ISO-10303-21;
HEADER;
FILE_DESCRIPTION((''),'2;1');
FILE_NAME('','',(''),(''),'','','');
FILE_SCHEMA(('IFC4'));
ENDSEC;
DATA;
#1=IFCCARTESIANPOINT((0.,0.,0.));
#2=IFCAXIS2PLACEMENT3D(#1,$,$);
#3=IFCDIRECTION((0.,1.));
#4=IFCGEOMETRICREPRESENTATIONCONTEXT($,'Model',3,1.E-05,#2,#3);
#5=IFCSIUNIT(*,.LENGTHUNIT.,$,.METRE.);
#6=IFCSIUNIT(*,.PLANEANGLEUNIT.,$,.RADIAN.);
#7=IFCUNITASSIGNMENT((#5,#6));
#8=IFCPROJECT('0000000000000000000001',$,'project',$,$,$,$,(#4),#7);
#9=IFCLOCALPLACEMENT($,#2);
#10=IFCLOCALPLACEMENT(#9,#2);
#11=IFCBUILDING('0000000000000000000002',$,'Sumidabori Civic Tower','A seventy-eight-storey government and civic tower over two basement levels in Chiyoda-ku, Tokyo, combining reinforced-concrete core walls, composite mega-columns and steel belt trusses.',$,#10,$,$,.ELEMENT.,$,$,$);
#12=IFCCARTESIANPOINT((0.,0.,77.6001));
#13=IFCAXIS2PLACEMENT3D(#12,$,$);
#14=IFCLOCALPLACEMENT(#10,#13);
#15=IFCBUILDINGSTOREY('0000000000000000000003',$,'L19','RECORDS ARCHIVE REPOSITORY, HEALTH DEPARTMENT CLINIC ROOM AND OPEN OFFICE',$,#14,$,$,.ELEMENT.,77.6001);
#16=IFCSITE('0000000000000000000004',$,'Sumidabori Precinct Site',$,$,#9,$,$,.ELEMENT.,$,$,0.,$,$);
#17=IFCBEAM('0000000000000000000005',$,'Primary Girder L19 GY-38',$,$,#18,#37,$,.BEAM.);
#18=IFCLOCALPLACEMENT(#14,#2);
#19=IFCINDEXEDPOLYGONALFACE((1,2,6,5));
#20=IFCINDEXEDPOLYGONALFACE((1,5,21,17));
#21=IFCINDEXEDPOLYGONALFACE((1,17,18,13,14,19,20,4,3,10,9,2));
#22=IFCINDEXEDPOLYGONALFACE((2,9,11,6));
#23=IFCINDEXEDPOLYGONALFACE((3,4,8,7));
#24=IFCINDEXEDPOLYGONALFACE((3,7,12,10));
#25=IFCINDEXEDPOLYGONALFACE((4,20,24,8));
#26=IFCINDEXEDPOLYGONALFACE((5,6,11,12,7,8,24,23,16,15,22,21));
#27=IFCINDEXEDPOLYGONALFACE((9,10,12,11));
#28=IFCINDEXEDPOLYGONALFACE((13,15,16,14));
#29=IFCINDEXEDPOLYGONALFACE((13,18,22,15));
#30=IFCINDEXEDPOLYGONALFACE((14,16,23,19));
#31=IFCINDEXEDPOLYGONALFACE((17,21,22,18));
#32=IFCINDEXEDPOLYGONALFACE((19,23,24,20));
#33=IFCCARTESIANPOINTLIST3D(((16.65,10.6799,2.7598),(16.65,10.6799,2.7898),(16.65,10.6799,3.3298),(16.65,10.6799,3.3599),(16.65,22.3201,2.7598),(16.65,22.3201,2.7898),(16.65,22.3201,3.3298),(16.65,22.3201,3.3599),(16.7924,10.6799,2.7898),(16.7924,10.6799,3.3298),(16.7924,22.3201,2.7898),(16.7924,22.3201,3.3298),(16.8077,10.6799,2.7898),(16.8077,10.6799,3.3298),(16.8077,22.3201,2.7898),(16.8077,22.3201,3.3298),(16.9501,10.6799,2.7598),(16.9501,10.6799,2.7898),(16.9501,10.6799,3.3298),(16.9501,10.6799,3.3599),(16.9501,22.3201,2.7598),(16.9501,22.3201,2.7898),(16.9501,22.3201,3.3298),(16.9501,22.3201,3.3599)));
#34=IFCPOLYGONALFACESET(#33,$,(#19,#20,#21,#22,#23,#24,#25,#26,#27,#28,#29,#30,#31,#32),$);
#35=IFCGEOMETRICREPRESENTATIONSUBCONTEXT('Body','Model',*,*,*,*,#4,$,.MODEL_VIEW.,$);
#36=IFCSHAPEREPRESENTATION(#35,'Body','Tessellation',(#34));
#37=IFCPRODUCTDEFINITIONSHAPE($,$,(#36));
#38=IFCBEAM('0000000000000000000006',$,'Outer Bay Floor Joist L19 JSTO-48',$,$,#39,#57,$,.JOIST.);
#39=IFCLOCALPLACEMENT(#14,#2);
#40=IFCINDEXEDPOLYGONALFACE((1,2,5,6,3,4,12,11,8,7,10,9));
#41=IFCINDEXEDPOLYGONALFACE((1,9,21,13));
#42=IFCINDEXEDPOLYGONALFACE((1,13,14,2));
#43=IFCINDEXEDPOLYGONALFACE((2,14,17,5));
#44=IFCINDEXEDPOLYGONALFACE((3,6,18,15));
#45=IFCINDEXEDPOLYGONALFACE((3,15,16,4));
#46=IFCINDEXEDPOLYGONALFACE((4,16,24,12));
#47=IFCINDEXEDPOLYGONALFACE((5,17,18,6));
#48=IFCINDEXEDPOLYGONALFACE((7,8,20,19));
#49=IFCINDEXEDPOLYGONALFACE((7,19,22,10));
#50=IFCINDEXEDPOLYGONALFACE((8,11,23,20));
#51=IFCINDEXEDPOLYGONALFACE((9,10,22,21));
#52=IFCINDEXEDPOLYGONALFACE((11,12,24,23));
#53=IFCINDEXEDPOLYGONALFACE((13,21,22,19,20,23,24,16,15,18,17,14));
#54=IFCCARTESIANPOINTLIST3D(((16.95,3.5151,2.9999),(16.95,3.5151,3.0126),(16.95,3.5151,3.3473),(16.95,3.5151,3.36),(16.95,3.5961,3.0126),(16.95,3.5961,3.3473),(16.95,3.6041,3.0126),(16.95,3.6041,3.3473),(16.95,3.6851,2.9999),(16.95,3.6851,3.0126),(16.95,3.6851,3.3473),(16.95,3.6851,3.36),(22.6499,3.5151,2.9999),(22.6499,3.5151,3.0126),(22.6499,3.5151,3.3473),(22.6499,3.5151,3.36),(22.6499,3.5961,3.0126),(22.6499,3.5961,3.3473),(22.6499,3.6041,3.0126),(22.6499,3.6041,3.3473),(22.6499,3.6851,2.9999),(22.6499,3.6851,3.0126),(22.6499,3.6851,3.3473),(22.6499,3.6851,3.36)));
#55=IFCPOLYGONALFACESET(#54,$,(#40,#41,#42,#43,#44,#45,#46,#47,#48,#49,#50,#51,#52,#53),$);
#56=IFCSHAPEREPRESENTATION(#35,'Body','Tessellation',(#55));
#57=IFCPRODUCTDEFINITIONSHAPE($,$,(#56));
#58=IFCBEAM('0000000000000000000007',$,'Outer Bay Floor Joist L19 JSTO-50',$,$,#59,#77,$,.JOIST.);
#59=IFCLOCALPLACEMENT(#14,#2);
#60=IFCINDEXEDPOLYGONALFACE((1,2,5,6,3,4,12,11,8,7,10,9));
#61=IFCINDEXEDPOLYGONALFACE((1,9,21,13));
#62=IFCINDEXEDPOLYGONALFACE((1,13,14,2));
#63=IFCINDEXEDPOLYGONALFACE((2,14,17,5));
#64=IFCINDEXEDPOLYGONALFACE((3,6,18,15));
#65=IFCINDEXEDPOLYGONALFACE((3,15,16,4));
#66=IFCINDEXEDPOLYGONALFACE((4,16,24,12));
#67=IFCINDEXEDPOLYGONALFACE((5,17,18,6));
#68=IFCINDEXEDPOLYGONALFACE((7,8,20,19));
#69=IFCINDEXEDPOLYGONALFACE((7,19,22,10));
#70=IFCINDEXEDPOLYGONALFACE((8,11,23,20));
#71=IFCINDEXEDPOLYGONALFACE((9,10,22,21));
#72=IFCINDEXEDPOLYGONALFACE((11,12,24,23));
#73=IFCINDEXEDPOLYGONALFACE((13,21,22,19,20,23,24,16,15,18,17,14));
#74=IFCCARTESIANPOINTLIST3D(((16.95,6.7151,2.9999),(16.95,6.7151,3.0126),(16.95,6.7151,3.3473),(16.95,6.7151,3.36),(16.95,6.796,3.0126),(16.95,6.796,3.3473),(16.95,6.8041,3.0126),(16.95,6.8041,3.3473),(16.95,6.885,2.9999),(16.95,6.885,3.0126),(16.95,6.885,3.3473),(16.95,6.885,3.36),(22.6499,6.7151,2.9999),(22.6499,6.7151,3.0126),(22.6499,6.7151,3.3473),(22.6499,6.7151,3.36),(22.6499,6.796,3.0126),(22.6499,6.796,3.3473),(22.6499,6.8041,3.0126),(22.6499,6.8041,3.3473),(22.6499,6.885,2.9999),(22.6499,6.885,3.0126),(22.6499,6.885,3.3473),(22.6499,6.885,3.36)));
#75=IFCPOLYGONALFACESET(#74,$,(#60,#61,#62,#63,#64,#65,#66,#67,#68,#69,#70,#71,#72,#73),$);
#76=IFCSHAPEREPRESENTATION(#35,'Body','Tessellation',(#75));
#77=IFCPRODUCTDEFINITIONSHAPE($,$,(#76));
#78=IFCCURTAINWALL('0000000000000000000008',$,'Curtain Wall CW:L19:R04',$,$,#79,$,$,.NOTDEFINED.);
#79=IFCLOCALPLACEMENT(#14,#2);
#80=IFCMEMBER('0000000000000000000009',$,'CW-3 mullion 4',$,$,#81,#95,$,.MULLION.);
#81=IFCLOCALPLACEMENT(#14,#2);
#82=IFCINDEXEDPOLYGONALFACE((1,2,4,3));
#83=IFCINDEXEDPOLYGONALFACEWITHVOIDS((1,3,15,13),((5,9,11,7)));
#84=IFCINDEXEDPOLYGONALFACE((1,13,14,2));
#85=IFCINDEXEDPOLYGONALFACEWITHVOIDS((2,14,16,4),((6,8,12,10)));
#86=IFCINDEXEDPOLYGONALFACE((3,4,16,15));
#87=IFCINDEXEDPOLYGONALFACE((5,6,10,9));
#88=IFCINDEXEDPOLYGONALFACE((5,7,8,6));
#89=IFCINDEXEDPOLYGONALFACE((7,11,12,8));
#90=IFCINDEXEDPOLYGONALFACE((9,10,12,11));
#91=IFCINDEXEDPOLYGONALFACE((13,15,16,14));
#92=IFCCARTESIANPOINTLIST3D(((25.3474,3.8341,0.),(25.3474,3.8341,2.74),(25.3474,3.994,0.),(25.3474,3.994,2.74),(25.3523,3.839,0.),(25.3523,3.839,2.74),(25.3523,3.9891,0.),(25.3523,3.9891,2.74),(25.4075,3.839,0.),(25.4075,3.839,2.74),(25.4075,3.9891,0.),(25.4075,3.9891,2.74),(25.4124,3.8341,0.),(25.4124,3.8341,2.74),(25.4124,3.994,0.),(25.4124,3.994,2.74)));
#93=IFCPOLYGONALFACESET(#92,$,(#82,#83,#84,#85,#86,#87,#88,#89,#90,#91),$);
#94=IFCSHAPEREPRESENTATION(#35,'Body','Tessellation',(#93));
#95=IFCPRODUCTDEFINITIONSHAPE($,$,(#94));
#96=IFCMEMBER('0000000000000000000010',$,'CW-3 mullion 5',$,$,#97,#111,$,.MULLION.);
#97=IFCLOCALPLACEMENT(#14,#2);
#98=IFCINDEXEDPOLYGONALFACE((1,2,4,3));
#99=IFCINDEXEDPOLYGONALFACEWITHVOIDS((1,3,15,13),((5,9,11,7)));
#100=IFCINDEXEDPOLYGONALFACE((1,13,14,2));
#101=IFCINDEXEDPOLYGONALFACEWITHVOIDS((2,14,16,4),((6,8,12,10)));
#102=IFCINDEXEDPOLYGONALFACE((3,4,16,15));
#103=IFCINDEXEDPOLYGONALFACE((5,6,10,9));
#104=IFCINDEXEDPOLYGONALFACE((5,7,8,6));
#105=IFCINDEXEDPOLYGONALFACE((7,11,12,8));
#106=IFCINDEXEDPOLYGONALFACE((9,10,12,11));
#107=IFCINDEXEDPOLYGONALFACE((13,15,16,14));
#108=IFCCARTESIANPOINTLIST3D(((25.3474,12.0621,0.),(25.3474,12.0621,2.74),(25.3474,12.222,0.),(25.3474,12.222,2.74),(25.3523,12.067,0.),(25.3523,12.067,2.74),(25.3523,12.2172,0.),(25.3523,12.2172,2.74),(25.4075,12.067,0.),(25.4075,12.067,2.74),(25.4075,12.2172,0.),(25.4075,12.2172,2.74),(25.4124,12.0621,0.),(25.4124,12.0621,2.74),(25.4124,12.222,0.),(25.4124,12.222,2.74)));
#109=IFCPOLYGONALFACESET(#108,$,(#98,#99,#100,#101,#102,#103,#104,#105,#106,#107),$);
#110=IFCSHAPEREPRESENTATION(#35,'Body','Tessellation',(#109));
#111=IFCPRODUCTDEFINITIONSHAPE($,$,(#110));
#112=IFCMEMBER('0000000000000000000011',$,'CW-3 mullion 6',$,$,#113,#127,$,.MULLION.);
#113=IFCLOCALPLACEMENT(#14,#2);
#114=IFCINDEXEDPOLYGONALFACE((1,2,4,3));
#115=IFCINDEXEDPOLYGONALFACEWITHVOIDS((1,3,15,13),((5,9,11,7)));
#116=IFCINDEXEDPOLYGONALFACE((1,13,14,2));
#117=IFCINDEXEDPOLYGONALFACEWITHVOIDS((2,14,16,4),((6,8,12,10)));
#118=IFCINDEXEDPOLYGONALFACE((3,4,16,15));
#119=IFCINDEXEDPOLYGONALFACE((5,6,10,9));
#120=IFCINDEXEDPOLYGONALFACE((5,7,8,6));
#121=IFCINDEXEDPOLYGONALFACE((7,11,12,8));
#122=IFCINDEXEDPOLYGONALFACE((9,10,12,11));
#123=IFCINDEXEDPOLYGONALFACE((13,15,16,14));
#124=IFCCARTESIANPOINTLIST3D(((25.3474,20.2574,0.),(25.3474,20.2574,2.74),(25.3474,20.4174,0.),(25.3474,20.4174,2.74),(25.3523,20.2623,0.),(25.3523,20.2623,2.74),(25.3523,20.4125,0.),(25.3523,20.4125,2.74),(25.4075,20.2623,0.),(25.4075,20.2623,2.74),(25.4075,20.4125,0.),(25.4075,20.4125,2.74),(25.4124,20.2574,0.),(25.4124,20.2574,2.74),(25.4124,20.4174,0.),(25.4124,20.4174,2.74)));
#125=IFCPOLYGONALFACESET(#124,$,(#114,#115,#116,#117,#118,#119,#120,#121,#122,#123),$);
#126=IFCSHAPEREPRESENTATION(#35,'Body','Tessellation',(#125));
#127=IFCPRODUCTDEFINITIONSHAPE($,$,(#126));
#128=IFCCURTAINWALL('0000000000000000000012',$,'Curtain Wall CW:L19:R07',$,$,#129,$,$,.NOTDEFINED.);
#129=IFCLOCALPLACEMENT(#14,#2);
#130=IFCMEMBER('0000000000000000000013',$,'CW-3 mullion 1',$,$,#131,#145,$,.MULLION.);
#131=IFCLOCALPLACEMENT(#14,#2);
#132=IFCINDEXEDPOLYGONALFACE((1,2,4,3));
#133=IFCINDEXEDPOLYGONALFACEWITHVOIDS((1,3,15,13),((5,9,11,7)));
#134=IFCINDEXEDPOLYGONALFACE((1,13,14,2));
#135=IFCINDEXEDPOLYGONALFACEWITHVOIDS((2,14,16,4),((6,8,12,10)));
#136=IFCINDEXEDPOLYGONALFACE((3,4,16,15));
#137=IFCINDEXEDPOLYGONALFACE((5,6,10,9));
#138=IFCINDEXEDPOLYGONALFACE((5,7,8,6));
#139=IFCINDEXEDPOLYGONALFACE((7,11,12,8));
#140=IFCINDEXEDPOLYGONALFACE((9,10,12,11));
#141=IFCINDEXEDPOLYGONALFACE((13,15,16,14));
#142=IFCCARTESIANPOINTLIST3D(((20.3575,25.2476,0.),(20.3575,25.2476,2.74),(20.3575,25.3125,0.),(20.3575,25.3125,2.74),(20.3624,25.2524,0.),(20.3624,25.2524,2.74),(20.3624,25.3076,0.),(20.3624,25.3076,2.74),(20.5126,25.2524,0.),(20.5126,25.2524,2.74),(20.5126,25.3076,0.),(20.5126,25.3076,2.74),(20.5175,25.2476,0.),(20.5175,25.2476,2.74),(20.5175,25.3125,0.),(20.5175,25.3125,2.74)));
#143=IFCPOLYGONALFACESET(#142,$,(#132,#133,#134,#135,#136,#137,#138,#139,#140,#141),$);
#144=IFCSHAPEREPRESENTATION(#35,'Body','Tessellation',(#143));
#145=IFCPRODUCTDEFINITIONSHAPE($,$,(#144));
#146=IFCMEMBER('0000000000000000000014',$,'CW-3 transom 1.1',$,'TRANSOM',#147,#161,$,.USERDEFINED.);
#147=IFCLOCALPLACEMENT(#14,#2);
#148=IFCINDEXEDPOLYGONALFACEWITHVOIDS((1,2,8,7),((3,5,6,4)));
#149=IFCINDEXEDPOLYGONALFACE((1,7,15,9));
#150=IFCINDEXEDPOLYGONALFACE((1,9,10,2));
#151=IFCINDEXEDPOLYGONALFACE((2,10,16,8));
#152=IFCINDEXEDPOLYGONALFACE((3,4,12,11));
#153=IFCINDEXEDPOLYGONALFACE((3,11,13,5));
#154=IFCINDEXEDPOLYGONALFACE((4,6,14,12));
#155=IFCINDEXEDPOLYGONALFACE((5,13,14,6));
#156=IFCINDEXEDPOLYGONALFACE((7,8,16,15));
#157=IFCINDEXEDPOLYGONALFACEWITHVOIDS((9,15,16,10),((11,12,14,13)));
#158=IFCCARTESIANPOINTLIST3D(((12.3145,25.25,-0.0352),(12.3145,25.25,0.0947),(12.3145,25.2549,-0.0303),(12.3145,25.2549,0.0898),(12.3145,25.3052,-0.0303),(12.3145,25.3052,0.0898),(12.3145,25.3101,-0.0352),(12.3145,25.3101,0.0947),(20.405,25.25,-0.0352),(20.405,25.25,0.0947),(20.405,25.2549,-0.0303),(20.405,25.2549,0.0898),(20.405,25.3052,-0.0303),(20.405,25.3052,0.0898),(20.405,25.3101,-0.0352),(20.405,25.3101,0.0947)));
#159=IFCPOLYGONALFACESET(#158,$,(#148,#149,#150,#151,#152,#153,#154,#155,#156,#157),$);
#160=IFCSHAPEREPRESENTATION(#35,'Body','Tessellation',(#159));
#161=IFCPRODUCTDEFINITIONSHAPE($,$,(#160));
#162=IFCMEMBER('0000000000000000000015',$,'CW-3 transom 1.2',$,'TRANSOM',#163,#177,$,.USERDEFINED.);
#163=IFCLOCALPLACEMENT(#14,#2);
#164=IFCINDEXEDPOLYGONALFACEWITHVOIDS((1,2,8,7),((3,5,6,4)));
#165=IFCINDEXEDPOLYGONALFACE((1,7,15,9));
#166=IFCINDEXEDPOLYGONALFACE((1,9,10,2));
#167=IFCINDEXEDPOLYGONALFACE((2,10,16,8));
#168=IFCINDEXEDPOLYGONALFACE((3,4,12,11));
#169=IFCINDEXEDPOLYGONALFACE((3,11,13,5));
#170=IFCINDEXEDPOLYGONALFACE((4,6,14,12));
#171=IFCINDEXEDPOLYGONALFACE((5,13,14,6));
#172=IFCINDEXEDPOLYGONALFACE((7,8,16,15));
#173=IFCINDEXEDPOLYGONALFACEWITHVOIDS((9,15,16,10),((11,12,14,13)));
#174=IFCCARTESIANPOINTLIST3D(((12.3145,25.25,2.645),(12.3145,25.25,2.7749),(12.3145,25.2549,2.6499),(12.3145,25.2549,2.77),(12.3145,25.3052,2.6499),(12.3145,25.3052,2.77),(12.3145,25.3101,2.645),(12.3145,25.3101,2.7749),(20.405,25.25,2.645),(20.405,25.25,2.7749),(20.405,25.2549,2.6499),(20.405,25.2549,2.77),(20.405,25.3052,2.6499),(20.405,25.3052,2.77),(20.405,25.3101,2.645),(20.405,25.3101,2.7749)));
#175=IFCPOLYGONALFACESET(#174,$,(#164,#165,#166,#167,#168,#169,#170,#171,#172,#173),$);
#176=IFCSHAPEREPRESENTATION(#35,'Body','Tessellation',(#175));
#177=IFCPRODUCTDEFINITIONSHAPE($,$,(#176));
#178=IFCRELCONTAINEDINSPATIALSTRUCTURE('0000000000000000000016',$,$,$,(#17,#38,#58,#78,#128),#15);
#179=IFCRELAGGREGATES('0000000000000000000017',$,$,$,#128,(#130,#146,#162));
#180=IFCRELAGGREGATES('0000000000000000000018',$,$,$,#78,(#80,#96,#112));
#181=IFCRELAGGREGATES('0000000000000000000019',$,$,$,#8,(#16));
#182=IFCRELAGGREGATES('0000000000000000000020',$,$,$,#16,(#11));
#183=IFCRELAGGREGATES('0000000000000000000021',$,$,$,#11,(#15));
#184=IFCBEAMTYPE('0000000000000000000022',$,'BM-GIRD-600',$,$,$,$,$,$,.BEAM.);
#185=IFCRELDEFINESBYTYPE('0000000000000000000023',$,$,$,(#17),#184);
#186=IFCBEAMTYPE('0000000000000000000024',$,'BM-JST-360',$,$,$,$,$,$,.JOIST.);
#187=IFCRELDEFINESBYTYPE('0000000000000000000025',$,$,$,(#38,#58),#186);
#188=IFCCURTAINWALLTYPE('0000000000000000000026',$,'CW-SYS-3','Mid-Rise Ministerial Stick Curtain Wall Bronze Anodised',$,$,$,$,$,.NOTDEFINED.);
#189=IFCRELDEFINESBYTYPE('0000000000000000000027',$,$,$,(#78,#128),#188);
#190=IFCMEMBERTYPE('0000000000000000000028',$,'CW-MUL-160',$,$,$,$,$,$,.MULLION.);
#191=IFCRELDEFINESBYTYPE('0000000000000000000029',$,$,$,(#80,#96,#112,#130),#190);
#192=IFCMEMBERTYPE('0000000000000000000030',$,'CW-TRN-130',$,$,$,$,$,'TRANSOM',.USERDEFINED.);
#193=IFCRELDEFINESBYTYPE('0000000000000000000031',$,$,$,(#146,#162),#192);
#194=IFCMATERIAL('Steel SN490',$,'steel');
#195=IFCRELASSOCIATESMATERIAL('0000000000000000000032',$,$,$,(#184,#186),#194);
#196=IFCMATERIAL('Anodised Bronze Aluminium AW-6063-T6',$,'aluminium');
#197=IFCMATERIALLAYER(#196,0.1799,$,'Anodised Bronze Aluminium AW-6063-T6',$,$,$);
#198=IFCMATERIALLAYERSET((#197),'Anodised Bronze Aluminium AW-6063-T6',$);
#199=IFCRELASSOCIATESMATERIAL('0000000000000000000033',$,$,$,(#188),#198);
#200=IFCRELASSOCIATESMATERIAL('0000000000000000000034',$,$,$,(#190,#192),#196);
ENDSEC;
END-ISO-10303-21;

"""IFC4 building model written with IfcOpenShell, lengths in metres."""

from ifc_helpers import new_model, si_unit, direction, frame, origin, origin_2d, place, context, subcontext, project, spatial, hollow_rectangle, i_section, extrude, source, transform, mapped, material, layer, layer_set, material_profile, profile_set, type_object, element, aggregate, save


model = new_model("IFC4")

# Units and contexts
model_context = context("Model", 3, precision=1e-05, world=origin(), true_north=direction((0.0, 1.0)))
body_context = subcontext(model_context, "Body", "Model", "MODEL_VIEW")
ifc_project = project(units=[si_unit("LENGTHUNIT", "METRE"), si_unit("PLANEANGLEUNIT", "RADIAN")], contexts=[model_context])

# Site, building, storey
site_placement = place(None, origin())
site = spatial("IfcSite", under=ifc_project, at=site_placement, Name="Sumidabori Precinct Site", CompositionType="ELEMENT", RefElevation=0.0)
building_placement = place(site_placement, origin())
building = spatial("IfcBuilding", under=site, at=building_placement, Name="Sumidabori Civic Tower", Description="A seventy-eight-storey government and civic tower over two basement levels in Chiyoda-ku, Tokyo, combining reinforced-concrete core walls, composite mega-columns and steel belt trusses.", CompositionType="ELEMENT")
storey_placement = place(building_placement, frame((0.0, 0.0, 77.6001)))
storey = spatial("IfcBuildingStorey", under=building, at=storey_placement, Name="L19", Description="RECORDS ARCHIVE REPOSITORY, HEALTH DEPARTMENT CLINIC ROOM AND OPEN OFFICE", CompositionType="ELEMENT", Elevation=77.6001)

# Beams
ifc_material_1 = material(Name="Steel SN490", Category="steel")
ifc_material_profile_1 = material_profile(ifc_material_1, i_section(OverallWidth=0.3, OverallDepth=0.6001, WebThickness=0.0154, FlangeThickness=0.03, at=origin_2d()), Name="HE 600 B")
ifc_profile_set_1 = profile_set([ifc_material_profile_1], Name="Steel SN490")
beam_type_1 = type_object("IfcBeamType", Name="BM-GIRD-600", PredefinedType="BEAM", material=ifc_profile_set_1)
shared_shape_1 = source(origin(), body_context, "Body", "SweptSolid", [
    extrude(i_section(OverallWidth=0.3, OverallDepth=0.6001, WebThickness=0.0154, FlangeThickness=0.03, at=origin_2d()), origin(), (0.0, 0.0, 1.0), 11.6401),
])
beam_1_placement = place(storey_placement, frame((16.8, 10.6799, 3.0598), z_axis=(0.0, 1.0, 0.0), x_axis=(-1.0, 0.0, 0.0)))
element("IfcBeam", 1, at=beam_1_placement, inside=storey, type_object=beam_type_1, Name="Primary Girder L19 GY-38", PredefinedType="BEAM", context=body_context, shape_type="MappedRepresentation", body=[
    mapped(shared_shape_1, transform((0.0, 0.0, 0.0), x_axis=(1.0, 0.0, 0.0), y_axis=(0.0, 1.0, 0.0), z_axis=(0.0, 0.0, 1.0), scale=1.0)),
])
ifc_material_profile_2 = material_profile(ifc_material_1, i_section(OverallWidth=0.1699, OverallDepth=0.3601, WebThickness=0.0081, FlangeThickness=0.0127, at=origin_2d()), Name="IPE 360")
ifc_profile_set_2 = profile_set([ifc_material_profile_2], Name="Steel SN490")
beam_type_2 = type_object("IfcBeamType", Name="BM-JST-360", PredefinedType="JOIST", material=ifc_profile_set_2)
shared_shape_2 = source(origin(), body_context, "Body", "SweptSolid", [
    extrude(i_section(OverallWidth=0.1699, OverallDepth=0.3601, WebThickness=0.0081, FlangeThickness=0.0127, at=origin_2d()), origin(), (0.0, 0.0, 1.0), 5.7),
])
for number, where, z_axis, x_axis, name in (
    (2, (16.95, 3.6001, 3.1799), (1.0, 0.0, 0.0), (0.0, 1.0, 0.0), "Outer Bay Floor Joist L19 JSTO-48"),
    (3, (16.95, 6.8, 3.1799), (1.0, 0.0, 0.0), (0.0, 1.0, 0.0), "Outer Bay Floor Joist L19 JSTO-50"),
):
    element("IfcBeam", number, at=place(storey_placement, frame(where, z_axis=z_axis, x_axis=x_axis)), inside=storey, type_object=beam_type_2, Name=name, PredefinedType="JOIST", context=body_context, shape_type="MappedRepresentation", body=[
        mapped(shared_shape_2, transform((0.0, 0.0, 0.0), x_axis=(1.0, 0.0, 0.0), y_axis=(0.0, 1.0, 0.0), z_axis=(0.0, 0.0, 1.0), scale=1.0)),
    ])

# Curtain walls, members
ifc_material_2 = material(Name="Anodised Bronze Aluminium AW-6063-T6", Category="aluminium")
ifc_layer_1 = layer(ifc_material_2, 0.1799, Name="Anodised Bronze Aluminium AW-6063-T6")
ifc_layer_set_1 = layer_set([ifc_layer_1], Name="Anodised Bronze Aluminium AW-6063-T6")
curtain_wall_type = type_object("IfcCurtainWallType", Name="CW-SYS-3", Description="Mid-Rise Ministerial Stick Curtain Wall Bronze Anodised", PredefinedType="NOTDEFINED", material=ifc_layer_set_1)
curtain_wall_1_placement = place(storey_placement, origin())
curtain_wall_1 = element("IfcCurtainWall", 4, at=curtain_wall_1_placement, inside=storey, type_object=curtain_wall_type, Name="Curtain Wall CW:L19:R04", PredefinedType="NOTDEFINED")
ifc_material_profile_3 = material_profile(ifc_material_2, hollow_rectangle(XDim=0.0649, YDim=0.1599, WallThickness=0.0049, at=origin_2d()), Name="ALU MULLION 160x65")
ifc_profile_set_3 = profile_set([ifc_material_profile_3], Name="Anodised Bronze Aluminium AW-6063-T6")
member_type_1 = type_object("IfcMemberType", Name="CW-MUL-160", PredefinedType="MULLION", material=ifc_profile_set_3)
shared_shape_3 = source(origin(), body_context, "Body", "SweptSolid", [
    extrude(hollow_rectangle(XDim=0.0649, YDim=0.1599, WallThickness=0.0049, at=origin_2d()), origin(), (0.0, 0.0, 1.0), 2.74),
])
member_1_placement = place(storey_placement, frame((25.3799, 3.9141, 0.0), z_axis=(0.0, 0.0, 1.0), x_axis=(-1.0, 0.0, 0.0)))
member_1 = element("IfcMember", 5, at=member_1_placement, type_object=member_type_1, Name="CW-3 mullion 4", PredefinedType="MULLION", context=body_context, shape_type="MappedRepresentation", body=[
    mapped(shared_shape_3, transform((0.0, 0.0, 0.0), x_axis=(1.0, 0.0, 0.0), y_axis=(0.0, 1.0, 0.0), z_axis=(0.0, 0.0, 1.0), scale=1.0)),
])
member_2_placement = place(storey_placement, frame((25.3799, 12.1421, 0.0), z_axis=(0.0, 0.0, 1.0), x_axis=(-1.0, 0.0, 0.0)))
member_2 = element("IfcMember", 6, at=member_2_placement, type_object=member_type_1, Name="CW-3 mullion 5", PredefinedType="MULLION", context=body_context, shape_type="MappedRepresentation", body=[
    mapped(shared_shape_3, transform((0.0, 0.0, 0.0), x_axis=(1.0, 0.0, 0.0), y_axis=(0.0, 1.0, 0.0), z_axis=(0.0, 0.0, 1.0), scale=1.0)),
])
member_3_placement = place(storey_placement, frame((25.3799, 20.3374, 0.0), z_axis=(0.0, 0.0, 1.0), x_axis=(-1.0, 0.0, 0.0)))
member_3 = element("IfcMember", 7, at=member_3_placement, type_object=member_type_1, Name="CW-3 mullion 6", PredefinedType="MULLION", context=body_context, shape_type="MappedRepresentation", body=[
    mapped(shared_shape_3, transform((0.0, 0.0, 0.0), x_axis=(1.0, 0.0, 0.0), y_axis=(0.0, 1.0, 0.0), z_axis=(0.0, 0.0, 1.0), scale=1.0)),
])
curtain_wall_2_placement = place(storey_placement, origin())
curtain_wall_2 = element("IfcCurtainWall", 8, at=curtain_wall_2_placement, inside=storey, type_object=curtain_wall_type, Name="Curtain Wall CW:L19:R07", PredefinedType="NOTDEFINED")
member_4_placement = place(storey_placement, frame((20.4375, 25.28, 0.0), z_axis=(0.0, 0.0, 1.0), x_axis=(0.0, -1.0, 0.0)))
member_4 = element("IfcMember", 9, at=member_4_placement, type_object=member_type_1, Name="CW-3 mullion 1", PredefinedType="MULLION", context=body_context, shape_type="MappedRepresentation", body=[
    mapped(shared_shape_3, transform((0.0, 0.0, 0.0), x_axis=(1.0, 0.0, 0.0), y_axis=(0.0, 1.0, 0.0), z_axis=(0.0, 0.0, 1.0), scale=1.0)),
])
ifc_material_profile_4 = material_profile(ifc_material_2, hollow_rectangle(XDim=0.0601, YDim=0.1299, WallThickness=0.0049, at=origin_2d()), Name="ALU TRANSOM 130x60")
ifc_profile_set_4 = profile_set([ifc_material_profile_4], Name="Anodised Bronze Aluminium AW-6063-T6")
member_type_2 = type_object("IfcMemberType", Name="CW-TRN-130", ElementType="TRANSOM", PredefinedType="USERDEFINED", material=ifc_profile_set_4)
shared_shape_4 = source(origin(), body_context, "Body", "SweptSolid", [
    extrude(hollow_rectangle(XDim=0.0601, YDim=0.1299, WallThickness=0.0049, at=origin_2d()), origin(), (0.0, 0.0, 1.0), 8.0906),
])
member_5_placement = place(storey_placement, frame((20.405, 25.28, 0.0298), z_axis=(-1.0, 0.0, 0.0), x_axis=(0.0, -1.0, 0.0)))
member_5 = element("IfcMember", 10, at=member_5_placement, type_object=member_type_2, Name="CW-3 transom 1.1", ObjectType="TRANSOM", PredefinedType="USERDEFINED", context=body_context, shape_type="MappedRepresentation", body=[
    mapped(shared_shape_4, transform((0.0, 0.0, 0.0), x_axis=(1.0, 0.0, 0.0), y_axis=(0.0, 1.0, 0.0), z_axis=(0.0, 0.0, 1.0), scale=1.0)),
])
member_6_placement = place(storey_placement, frame((20.405, 25.28, 2.71), z_axis=(-1.0, 0.0, 0.0), x_axis=(0.0, -1.0, 0.0)))
member_6 = element("IfcMember", 11, at=member_6_placement, type_object=member_type_2, Name="CW-3 transom 1.2", ObjectType="TRANSOM", PredefinedType="USERDEFINED", context=body_context, shape_type="MappedRepresentation", body=[
    mapped(shared_shape_4, transform((0.0, 0.0, 0.0), x_axis=(1.0, 0.0, 0.0), y_axis=(0.0, 1.0, 0.0), z_axis=(0.0, 0.0, 1.0), scale=1.0)),
])

aggregate(curtain_wall_2, [member_4, member_5, member_6])
aggregate(curtain_wall_1, [member_1, member_2, member_3])

save(model, "model.ifc")
